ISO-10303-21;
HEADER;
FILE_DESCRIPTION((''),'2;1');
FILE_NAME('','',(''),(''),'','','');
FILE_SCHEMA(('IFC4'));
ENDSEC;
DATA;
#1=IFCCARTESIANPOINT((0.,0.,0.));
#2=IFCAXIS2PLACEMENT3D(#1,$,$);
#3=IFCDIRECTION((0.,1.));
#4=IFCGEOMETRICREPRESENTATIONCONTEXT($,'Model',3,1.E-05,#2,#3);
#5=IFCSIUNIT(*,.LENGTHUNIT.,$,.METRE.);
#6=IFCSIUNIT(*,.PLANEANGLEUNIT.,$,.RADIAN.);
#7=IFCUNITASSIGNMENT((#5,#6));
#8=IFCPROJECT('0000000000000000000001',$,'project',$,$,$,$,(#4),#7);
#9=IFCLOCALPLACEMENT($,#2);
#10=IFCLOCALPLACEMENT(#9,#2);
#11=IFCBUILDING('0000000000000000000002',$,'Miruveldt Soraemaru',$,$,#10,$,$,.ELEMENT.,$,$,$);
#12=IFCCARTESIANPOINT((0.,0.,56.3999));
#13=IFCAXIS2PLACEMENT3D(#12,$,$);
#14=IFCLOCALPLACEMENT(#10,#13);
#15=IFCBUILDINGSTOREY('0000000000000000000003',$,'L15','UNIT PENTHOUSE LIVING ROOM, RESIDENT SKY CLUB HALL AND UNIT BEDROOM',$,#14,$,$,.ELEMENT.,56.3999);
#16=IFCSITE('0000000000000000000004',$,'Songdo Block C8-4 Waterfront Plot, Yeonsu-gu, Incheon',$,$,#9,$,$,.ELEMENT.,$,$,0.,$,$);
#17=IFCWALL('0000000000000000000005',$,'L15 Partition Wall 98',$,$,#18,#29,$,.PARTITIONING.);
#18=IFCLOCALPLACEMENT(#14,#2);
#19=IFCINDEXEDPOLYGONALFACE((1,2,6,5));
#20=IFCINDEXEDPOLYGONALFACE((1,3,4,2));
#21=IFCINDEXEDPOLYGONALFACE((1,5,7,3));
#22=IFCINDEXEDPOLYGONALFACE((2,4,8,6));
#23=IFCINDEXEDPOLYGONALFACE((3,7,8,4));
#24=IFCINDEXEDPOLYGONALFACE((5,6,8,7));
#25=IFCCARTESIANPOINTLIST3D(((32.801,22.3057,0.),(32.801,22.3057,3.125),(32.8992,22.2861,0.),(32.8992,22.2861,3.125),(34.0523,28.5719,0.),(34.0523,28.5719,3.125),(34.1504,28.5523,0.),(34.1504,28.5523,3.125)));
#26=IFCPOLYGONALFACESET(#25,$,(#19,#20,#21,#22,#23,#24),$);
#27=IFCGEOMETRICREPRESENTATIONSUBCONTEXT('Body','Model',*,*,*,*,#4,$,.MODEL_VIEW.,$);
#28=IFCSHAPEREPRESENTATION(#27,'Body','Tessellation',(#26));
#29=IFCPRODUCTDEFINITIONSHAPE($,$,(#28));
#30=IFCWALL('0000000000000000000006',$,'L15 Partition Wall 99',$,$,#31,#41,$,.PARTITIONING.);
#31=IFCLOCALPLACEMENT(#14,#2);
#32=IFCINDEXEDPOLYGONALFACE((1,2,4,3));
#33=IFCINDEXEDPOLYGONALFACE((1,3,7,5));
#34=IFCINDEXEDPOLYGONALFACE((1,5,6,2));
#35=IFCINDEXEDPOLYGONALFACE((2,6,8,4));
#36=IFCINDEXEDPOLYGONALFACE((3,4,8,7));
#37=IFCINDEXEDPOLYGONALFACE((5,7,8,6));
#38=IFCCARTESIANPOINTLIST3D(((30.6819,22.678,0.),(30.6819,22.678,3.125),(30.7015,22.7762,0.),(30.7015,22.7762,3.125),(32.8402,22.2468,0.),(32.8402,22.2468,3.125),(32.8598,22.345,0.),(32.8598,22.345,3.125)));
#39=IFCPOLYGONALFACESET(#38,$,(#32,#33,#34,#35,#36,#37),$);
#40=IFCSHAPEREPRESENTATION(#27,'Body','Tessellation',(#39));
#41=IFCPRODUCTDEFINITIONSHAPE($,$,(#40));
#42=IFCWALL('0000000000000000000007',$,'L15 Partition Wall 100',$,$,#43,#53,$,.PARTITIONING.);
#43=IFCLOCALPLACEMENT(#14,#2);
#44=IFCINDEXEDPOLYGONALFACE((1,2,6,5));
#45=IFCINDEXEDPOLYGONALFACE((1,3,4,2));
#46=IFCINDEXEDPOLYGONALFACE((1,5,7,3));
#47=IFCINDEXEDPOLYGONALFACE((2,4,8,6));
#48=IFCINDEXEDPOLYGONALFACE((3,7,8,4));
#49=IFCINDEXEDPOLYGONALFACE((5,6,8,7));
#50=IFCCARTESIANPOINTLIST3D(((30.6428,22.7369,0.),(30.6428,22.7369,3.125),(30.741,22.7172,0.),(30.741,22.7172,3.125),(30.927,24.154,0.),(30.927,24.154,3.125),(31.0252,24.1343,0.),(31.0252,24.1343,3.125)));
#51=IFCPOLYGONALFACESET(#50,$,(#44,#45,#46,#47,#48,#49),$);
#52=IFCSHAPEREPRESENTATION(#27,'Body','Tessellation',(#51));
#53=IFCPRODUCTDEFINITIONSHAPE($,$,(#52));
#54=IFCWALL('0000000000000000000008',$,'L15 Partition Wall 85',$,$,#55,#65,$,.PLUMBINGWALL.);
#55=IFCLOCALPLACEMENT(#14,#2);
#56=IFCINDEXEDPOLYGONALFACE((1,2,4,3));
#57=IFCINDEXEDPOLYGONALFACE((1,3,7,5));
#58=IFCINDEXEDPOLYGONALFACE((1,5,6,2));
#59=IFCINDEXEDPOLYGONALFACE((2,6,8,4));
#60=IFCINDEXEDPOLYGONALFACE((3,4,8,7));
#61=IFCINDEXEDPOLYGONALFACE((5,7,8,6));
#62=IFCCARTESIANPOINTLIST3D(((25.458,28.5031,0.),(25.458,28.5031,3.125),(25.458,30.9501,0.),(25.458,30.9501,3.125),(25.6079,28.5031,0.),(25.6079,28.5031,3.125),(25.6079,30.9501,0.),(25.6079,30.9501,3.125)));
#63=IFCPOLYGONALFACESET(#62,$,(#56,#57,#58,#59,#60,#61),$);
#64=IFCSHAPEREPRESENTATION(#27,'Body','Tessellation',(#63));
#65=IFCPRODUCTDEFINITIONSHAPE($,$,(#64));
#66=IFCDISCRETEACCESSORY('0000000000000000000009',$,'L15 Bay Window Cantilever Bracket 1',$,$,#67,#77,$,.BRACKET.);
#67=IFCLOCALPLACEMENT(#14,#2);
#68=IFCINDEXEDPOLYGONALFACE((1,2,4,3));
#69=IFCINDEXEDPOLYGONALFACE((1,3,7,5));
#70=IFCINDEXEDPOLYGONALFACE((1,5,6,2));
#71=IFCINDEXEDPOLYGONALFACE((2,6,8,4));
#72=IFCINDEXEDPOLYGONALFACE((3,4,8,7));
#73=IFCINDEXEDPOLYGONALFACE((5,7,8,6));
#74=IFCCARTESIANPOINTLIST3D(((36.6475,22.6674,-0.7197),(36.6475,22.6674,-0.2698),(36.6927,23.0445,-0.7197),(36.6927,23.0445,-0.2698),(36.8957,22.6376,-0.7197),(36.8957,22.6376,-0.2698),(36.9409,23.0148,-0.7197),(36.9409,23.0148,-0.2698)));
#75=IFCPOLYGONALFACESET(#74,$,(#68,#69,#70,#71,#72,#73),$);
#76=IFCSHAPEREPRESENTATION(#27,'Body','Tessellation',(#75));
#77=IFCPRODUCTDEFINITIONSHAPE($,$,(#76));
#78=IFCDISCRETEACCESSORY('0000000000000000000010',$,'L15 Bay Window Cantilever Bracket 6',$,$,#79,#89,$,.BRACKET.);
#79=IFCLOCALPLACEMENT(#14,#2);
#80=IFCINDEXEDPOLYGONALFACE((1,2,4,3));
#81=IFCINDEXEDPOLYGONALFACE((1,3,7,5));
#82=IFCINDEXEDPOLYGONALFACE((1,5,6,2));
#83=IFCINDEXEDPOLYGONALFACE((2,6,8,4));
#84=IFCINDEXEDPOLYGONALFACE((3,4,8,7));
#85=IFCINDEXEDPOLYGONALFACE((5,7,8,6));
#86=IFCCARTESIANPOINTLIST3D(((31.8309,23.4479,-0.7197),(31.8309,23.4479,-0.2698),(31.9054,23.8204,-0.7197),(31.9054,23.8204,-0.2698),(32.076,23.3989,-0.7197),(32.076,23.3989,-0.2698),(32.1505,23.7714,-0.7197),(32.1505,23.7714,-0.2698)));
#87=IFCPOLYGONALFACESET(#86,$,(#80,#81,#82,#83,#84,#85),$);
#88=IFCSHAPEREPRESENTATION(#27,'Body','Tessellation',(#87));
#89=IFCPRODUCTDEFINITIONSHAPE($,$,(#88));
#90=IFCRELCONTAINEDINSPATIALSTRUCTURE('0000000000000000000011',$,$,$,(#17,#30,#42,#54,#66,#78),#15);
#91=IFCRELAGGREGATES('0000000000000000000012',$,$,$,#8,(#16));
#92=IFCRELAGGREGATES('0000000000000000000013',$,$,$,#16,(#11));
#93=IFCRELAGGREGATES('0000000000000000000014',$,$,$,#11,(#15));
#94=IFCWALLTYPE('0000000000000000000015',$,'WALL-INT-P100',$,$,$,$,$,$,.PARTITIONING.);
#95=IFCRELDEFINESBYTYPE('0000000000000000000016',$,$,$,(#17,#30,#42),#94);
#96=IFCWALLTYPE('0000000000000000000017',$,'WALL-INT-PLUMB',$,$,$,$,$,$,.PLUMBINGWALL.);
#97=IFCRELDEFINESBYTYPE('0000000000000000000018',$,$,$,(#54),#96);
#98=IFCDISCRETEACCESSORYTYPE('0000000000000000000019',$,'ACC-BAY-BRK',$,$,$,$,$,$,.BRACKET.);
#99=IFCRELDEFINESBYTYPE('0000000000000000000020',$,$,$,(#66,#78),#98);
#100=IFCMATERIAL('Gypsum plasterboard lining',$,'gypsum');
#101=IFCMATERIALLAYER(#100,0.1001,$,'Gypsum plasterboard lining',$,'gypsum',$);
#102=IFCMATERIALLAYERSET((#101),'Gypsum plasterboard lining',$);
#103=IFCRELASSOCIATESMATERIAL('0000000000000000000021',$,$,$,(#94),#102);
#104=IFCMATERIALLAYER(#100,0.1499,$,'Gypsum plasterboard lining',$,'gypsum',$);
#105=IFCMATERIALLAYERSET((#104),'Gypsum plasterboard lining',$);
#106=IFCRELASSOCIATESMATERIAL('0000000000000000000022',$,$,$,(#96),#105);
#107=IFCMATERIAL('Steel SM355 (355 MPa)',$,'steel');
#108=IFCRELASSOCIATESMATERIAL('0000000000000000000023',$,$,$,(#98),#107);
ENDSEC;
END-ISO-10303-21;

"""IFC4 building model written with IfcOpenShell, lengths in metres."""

from ifc_helpers import new_model, si_unit, direction, frame, frame_2d, origin, origin_2d, place, context, subcontext, project, spatial, rectangle, extrude, material, layer, layer_set, type_object, element, save


model = new_model("IFC4")

# Units and contexts
model_context = context("Model", 3, precision=1e-05, world=origin(), true_north=direction((0.0, 1.0)))
body_context = subcontext(model_context, "Body", "Model", "MODEL_VIEW")
ifc_project = project(units=[si_unit("LENGTHUNIT", "METRE"), si_unit("PLANEANGLEUNIT", "RADIAN")], contexts=[model_context])

# Site, building, storey
site_placement = place(None, origin())
site = spatial("IfcSite", under=ifc_project, at=site_placement, Name="Songdo Block C8-4 Waterfront Plot, Yeonsu-gu, Incheon", CompositionType="ELEMENT", RefElevation=0.0)
building_placement = place(site_placement, origin())
building = spatial("IfcBuilding", under=site, at=building_placement, Name="Miruveldt Soraemaru", CompositionType="ELEMENT")
storey_placement = place(building_placement, frame((0.0, 0.0, 56.3999)))
storey = spatial("IfcBuildingStorey", under=building, at=storey_placement, Name="L15", Description="UNIT PENTHOUSE LIVING ROOM, RESIDENT SKY CLUB HALL AND UNIT BEDROOM", CompositionType="ELEMENT", Elevation=56.3999)

# Walls
ifc_material_1 = material(Name="Gypsum plasterboard lining", Category="gypsum")
ifc_layer_1 = layer(ifc_material_1, 0.1001, Name="Gypsum plasterboard lining", Category="gypsum")
ifc_layer_set_1 = layer_set([ifc_layer_1], Name="Gypsum plasterboard lining")
wall_type_1 = type_object("IfcWallType", Name="WALL-INT-P100", PredefinedType="PARTITIONING", material=ifc_layer_set_1)
wall_1_placement = place(storey_placement, frame((34.1013, 28.562, 0.0), z_axis=(0.0, 0.0, 1.0), x_axis=(-0.195815, -0.980641, 0.0)))
element("IfcWall", 1, at=wall_1_placement, inside=storey, type_object=wall_type_1, Name="L15 Partition Wall 98", PredefinedType="PARTITIONING", context=body_context, shape_type="SweptSolid", body=[
    extrude(rectangle(XDim=6.3899, YDim=0.1001, at=frame_2d((3.1948, 0.0))), origin(), (0.0, 0.0, 1.0), 3.125),
])
wall_2_placement = place(storey_placement, frame((32.8501, 22.2959, 0.0), z_axis=(0.0, 0.0, 1.0), x_axis=(-0.980623, 0.195903, 0.0)))
element("IfcWall", 2, at=wall_2_placement, inside=storey, type_object=wall_type_1, Name="L15 Partition Wall 99", PredefinedType="PARTITIONING", context=body_context, shape_type="SweptSolid", body=[
    extrude(rectangle(XDim=2.2009, YDim=0.1001, at=frame_2d((1.1006, 0.0))), origin(), (0.0, 0.0, 1.0), 3.125),
])
wall_3_placement = place(storey_placement, frame((30.6919, 22.7271, 0.0), z_axis=(0.0, 0.0, 1.0), x_axis=(0.196636, 0.980477, 0.0)))
element("IfcWall", 3, at=wall_3_placement, inside=storey, type_object=wall_type_1, Name="L15 Partition Wall 100", PredefinedType="PARTITIONING", context=body_context, shape_type="SweptSolid", body=[
    extrude(rectangle(XDim=1.4453, YDim=0.1001, at=frame_2d((0.7227, 0.0))), origin(), (0.0, 0.0, 1.0), 3.125),
])
ifc_layer_2 = layer(ifc_material_1, 0.1499, Name="Gypsum plasterboard lining", Category="gypsum")
ifc_layer_set_2 = layer_set([ifc_layer_2], Name="Gypsum plasterboard lining")
wall_type_2 = type_object("IfcWallType", Name="WALL-INT-PLUMB", PredefinedType="PLUMBINGWALL", material=ifc_layer_set_2)
wall_4_placement = place(storey_placement, frame((25.533, 28.5029, 0.0), z_axis=(0.0, 0.0, 1.0), x_axis=(0.0, 1.0, 0.0)))
element("IfcWall", 4, at=wall_4_placement, inside=storey, type_object=wall_type_2, Name="L15 Partition Wall 85", PredefinedType="PLUMBINGWALL", context=body_context, shape_type="SweptSolid", body=[
    extrude(rectangle(XDim=2.447, YDim=0.1499, at=frame_2d((1.2236, 0.0))), origin(), (0.0, 0.0, 1.0), 3.125),
])

# Discrete accessories
ifc_material_2 = material(Name="Steel SM355 (355 MPa)", Category="steel")
discrete_accessory_type = type_object("IfcDiscreteAccessoryType", Name="ACC-BAY-BRK", PredefinedType="BRACKET", material=ifc_material_2)
for number, where, z_axis, x_axis, name in (
    (5, (36.7942, 22.8411, -0.7197), (0.0, 0.0, 1.0), (-0.119132, -0.992878, 0.0), "L15 Bay Window Cantilever Bracket 1"),
    (6, (31.9907, 23.6096, -0.7197), (0.0, 0.0, 1.0), (-0.1961, -0.980584, 0.0), "L15 Bay Window Cantilever Bracket 6"),
):
    element("IfcDiscreteAccessory", number, at=place(storey_placement, frame(where, z_axis=z_axis, x_axis=x_axis)), inside=storey, type_object=discrete_accessory_type, Name=name, PredefinedType="BRACKET", context=body_context, shape_type="SweptSolid", body=[
        extrude(rectangle(XDim=0.3799, YDim=0.25, at=origin_2d()), origin(), (0.0, 0.0, 1.0), 0.45),
    ])

save(model, "model.ifc")
